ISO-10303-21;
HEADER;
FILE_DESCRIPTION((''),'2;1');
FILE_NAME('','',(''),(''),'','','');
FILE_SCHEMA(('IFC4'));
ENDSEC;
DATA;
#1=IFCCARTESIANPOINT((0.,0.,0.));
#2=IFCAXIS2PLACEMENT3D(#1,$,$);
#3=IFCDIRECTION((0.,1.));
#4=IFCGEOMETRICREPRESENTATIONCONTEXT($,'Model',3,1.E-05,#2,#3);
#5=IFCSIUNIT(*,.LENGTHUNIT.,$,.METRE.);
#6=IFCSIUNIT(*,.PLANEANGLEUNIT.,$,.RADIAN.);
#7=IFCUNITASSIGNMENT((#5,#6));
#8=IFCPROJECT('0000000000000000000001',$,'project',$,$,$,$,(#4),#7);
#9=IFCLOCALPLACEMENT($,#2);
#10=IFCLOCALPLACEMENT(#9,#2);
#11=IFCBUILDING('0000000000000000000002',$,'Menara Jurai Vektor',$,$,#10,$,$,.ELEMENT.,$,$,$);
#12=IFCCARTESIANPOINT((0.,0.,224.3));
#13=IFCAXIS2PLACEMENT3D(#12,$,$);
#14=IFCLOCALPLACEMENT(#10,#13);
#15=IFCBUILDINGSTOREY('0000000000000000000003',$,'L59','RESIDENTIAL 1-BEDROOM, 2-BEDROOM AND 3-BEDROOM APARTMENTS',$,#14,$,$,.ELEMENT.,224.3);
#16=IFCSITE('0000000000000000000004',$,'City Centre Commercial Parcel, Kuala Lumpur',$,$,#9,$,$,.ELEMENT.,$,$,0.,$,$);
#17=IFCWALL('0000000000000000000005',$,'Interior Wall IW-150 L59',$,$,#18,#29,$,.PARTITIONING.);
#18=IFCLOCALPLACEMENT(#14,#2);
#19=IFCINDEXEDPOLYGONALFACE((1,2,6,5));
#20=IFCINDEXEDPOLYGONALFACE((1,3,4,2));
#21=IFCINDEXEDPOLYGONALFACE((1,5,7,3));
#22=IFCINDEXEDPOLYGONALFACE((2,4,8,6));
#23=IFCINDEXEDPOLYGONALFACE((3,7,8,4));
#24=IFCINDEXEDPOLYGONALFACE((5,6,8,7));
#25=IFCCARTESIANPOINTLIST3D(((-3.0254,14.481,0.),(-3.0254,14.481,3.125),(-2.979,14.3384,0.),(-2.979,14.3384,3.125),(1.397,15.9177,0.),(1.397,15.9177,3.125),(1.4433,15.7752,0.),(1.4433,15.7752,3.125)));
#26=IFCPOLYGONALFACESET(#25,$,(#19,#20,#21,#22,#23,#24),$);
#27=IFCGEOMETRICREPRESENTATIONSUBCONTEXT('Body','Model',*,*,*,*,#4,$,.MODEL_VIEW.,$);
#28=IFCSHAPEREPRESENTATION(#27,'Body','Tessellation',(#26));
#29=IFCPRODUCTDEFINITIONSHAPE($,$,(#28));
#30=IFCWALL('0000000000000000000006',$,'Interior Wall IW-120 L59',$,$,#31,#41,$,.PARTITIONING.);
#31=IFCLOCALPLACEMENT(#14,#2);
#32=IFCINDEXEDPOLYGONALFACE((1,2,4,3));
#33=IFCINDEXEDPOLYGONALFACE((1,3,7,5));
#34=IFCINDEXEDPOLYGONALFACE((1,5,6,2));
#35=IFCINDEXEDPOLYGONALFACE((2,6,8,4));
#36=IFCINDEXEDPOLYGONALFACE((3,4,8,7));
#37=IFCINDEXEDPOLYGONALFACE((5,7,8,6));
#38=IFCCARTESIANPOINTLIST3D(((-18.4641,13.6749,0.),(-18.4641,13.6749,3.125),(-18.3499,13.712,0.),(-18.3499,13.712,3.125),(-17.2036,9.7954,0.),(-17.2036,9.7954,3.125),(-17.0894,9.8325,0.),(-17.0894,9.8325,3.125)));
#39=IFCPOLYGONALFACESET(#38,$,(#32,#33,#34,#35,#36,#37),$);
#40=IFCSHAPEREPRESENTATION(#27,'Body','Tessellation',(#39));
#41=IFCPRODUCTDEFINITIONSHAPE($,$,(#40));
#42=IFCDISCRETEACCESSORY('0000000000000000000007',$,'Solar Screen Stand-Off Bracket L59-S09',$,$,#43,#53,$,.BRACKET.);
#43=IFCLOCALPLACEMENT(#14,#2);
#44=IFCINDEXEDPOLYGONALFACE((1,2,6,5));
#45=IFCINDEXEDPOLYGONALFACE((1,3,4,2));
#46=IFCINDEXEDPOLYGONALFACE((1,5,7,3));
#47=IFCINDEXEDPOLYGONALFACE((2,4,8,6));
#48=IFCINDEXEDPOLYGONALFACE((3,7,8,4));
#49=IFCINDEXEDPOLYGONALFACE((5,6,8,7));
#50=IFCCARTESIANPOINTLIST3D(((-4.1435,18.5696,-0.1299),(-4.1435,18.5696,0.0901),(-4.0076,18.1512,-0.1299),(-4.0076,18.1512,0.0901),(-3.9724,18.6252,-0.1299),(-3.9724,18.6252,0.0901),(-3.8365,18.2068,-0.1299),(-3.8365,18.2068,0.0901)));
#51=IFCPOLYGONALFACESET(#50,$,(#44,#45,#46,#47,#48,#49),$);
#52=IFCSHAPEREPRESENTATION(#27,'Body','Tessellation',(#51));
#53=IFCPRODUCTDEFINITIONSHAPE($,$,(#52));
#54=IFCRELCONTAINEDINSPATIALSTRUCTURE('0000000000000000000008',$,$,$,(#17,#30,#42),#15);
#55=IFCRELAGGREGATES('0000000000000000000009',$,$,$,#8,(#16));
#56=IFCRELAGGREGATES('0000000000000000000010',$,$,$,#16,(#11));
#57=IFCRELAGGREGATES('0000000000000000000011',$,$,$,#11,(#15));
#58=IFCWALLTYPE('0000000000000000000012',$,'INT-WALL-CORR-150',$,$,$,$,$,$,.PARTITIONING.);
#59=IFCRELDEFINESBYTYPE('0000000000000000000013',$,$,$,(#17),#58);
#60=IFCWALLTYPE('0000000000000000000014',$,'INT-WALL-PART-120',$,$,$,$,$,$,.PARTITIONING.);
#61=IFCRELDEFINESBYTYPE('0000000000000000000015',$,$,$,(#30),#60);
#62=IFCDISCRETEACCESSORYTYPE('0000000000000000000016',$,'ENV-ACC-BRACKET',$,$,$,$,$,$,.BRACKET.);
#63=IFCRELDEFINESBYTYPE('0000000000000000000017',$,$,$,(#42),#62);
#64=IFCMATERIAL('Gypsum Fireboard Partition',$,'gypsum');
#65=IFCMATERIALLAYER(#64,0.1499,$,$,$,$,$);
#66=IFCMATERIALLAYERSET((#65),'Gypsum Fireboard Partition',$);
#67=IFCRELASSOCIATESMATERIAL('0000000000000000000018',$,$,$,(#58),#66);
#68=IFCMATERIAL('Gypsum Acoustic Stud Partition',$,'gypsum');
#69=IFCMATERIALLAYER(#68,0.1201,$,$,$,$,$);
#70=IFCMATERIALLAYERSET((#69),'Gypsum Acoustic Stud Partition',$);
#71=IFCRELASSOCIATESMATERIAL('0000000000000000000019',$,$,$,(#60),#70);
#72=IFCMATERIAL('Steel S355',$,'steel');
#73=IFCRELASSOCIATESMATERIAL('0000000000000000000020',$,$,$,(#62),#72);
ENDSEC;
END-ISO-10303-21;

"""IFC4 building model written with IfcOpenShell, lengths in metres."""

from ifc_helpers import new_model, si_unit, direction, frame, frame_2d, origin, origin_2d, place, context, subcontext, project, spatial, rectangle, extrude, material, layer, layer_set, type_object, element, save


model = new_model("IFC4")

# Units and contexts
model_context = context("Model", 3, precision=1e-05, world=origin(), true_north=direction((0.0, 1.0)))
body_context = subcontext(model_context, "Body", "Model", "MODEL_VIEW")
ifc_project = project(units=[si_unit("LENGTHUNIT", "METRE"), si_unit("PLANEANGLEUNIT", "RADIAN")], contexts=[model_context])

# Site, building, storey
site_placement = place(None, origin())
site = spatial("IfcSite", under=ifc_project, at=site_placement, Name="City Centre Commercial Parcel, Kuala Lumpur", CompositionType="ELEMENT", RefElevation=0.0)
building_placement = place(site_placement, origin())
building = spatial("IfcBuilding", under=site, at=building_placement, Name="Menara Jurai Vektor", CompositionType="ELEMENT")
storey_placement = place(building_placement, frame((0.0, 0.0, 224.3)))
storey = spatial("IfcBuildingStorey", under=building, at=storey_placement, Name="L59", Description="RESIDENTIAL 1-BEDROOM, 2-BEDROOM AND 3-BEDROOM APARTMENTS", CompositionType="ELEMENT", Elevation=224.3)

# Shared definitions
ifc_material_1 = material(Name="Steel S355", Category="steel")

# Shared definitions
ifc_material_2 = material(Name="Gypsum Fireboard Partition", Category="gypsum")
ifc_layer_1 = layer(ifc_material_2, 0.1499)
ifc_layer_set_1 = layer_set([ifc_layer_1], Name="Gypsum Fireboard Partition")
wall_type_1 = type_object("IfcWallType", Name="INT-WALL-CORR-150", PredefinedType="PARTITIONING", material=ifc_layer_set_1)

# Walls
wall_1_placement = place(storey_placement, frame((-3.0022, 14.4097, 0.0), z_axis=(0.0, 0.0, 1.0), x_axis=(0.951066, 0.308989, 0.0)))
element("IfcWall", 1, at=wall_1_placement, inside=storey, type_object=wall_type_1, Name="Interior Wall IW-150 L59", PredefinedType="PARTITIONING", context=body_context, shape_type="SweptSolid", body=[
    extrude(rectangle(XDim=4.6499, YDim=0.1499, at=frame_2d((2.325, 0.0))), origin(), (0.0, 0.0, 1.0), 3.125),
])
ifc_material_3 = material(Name="Gypsum Acoustic Stud Partition", Category="gypsum")
ifc_layer_2 = layer(ifc_material_3, 0.1201)
ifc_layer_set_2 = layer_set([ifc_layer_2], Name="Gypsum Acoustic Stud Partition")
wall_type_2 = type_object("IfcWallType", Name="INT-WALL-PART-120", PredefinedType="PARTITIONING", material=ifc_layer_set_2)
wall_2_placement = place(storey_placement, frame((-17.1465, 9.814, 0.0), z_axis=(0.0, 0.0, 1.0), x_axis=(-0.309018, 0.951056, 0.0)))
element("IfcWall", 2, at=wall_2_placement, inside=storey, type_object=wall_type_2, Name="Interior Wall IW-120 L59", PredefinedType="PARTITIONING", context=body_context, shape_type="SweptSolid", body=[
    extrude(rectangle(XDim=4.0791, YDim=0.1201, at=frame_2d((2.0396, 0.0))), origin(), (0.0, 0.0, 1.0), 3.125),
])

# Discrete accessory
discrete_accessory_type = type_object("IfcDiscreteAccessoryType", Name="ENV-ACC-BRACKET", PredefinedType="BRACKET", material=ifc_material_1)
discrete_accessory_placement = place(storey_placement, frame((-3.99, 18.3882, -0.1299), z_axis=(0.0, 0.0, 1.0), x_axis=(-0.951057, -0.309017, 0.0)))
element("IfcDiscreteAccessory", 3, at=discrete_accessory_placement, inside=storey, type_object=discrete_accessory_type, Name="Solar Screen Stand-Off Bracket L59-S09", PredefinedType="BRACKET", context=body_context, shape_type="SweptSolid", body=[
    extrude(rectangle(XDim=0.1799, YDim=0.4399, at=origin_2d()), origin(), (0.0, 0.0, 1.0), 0.22),
])

save(model, "model.ifc")
